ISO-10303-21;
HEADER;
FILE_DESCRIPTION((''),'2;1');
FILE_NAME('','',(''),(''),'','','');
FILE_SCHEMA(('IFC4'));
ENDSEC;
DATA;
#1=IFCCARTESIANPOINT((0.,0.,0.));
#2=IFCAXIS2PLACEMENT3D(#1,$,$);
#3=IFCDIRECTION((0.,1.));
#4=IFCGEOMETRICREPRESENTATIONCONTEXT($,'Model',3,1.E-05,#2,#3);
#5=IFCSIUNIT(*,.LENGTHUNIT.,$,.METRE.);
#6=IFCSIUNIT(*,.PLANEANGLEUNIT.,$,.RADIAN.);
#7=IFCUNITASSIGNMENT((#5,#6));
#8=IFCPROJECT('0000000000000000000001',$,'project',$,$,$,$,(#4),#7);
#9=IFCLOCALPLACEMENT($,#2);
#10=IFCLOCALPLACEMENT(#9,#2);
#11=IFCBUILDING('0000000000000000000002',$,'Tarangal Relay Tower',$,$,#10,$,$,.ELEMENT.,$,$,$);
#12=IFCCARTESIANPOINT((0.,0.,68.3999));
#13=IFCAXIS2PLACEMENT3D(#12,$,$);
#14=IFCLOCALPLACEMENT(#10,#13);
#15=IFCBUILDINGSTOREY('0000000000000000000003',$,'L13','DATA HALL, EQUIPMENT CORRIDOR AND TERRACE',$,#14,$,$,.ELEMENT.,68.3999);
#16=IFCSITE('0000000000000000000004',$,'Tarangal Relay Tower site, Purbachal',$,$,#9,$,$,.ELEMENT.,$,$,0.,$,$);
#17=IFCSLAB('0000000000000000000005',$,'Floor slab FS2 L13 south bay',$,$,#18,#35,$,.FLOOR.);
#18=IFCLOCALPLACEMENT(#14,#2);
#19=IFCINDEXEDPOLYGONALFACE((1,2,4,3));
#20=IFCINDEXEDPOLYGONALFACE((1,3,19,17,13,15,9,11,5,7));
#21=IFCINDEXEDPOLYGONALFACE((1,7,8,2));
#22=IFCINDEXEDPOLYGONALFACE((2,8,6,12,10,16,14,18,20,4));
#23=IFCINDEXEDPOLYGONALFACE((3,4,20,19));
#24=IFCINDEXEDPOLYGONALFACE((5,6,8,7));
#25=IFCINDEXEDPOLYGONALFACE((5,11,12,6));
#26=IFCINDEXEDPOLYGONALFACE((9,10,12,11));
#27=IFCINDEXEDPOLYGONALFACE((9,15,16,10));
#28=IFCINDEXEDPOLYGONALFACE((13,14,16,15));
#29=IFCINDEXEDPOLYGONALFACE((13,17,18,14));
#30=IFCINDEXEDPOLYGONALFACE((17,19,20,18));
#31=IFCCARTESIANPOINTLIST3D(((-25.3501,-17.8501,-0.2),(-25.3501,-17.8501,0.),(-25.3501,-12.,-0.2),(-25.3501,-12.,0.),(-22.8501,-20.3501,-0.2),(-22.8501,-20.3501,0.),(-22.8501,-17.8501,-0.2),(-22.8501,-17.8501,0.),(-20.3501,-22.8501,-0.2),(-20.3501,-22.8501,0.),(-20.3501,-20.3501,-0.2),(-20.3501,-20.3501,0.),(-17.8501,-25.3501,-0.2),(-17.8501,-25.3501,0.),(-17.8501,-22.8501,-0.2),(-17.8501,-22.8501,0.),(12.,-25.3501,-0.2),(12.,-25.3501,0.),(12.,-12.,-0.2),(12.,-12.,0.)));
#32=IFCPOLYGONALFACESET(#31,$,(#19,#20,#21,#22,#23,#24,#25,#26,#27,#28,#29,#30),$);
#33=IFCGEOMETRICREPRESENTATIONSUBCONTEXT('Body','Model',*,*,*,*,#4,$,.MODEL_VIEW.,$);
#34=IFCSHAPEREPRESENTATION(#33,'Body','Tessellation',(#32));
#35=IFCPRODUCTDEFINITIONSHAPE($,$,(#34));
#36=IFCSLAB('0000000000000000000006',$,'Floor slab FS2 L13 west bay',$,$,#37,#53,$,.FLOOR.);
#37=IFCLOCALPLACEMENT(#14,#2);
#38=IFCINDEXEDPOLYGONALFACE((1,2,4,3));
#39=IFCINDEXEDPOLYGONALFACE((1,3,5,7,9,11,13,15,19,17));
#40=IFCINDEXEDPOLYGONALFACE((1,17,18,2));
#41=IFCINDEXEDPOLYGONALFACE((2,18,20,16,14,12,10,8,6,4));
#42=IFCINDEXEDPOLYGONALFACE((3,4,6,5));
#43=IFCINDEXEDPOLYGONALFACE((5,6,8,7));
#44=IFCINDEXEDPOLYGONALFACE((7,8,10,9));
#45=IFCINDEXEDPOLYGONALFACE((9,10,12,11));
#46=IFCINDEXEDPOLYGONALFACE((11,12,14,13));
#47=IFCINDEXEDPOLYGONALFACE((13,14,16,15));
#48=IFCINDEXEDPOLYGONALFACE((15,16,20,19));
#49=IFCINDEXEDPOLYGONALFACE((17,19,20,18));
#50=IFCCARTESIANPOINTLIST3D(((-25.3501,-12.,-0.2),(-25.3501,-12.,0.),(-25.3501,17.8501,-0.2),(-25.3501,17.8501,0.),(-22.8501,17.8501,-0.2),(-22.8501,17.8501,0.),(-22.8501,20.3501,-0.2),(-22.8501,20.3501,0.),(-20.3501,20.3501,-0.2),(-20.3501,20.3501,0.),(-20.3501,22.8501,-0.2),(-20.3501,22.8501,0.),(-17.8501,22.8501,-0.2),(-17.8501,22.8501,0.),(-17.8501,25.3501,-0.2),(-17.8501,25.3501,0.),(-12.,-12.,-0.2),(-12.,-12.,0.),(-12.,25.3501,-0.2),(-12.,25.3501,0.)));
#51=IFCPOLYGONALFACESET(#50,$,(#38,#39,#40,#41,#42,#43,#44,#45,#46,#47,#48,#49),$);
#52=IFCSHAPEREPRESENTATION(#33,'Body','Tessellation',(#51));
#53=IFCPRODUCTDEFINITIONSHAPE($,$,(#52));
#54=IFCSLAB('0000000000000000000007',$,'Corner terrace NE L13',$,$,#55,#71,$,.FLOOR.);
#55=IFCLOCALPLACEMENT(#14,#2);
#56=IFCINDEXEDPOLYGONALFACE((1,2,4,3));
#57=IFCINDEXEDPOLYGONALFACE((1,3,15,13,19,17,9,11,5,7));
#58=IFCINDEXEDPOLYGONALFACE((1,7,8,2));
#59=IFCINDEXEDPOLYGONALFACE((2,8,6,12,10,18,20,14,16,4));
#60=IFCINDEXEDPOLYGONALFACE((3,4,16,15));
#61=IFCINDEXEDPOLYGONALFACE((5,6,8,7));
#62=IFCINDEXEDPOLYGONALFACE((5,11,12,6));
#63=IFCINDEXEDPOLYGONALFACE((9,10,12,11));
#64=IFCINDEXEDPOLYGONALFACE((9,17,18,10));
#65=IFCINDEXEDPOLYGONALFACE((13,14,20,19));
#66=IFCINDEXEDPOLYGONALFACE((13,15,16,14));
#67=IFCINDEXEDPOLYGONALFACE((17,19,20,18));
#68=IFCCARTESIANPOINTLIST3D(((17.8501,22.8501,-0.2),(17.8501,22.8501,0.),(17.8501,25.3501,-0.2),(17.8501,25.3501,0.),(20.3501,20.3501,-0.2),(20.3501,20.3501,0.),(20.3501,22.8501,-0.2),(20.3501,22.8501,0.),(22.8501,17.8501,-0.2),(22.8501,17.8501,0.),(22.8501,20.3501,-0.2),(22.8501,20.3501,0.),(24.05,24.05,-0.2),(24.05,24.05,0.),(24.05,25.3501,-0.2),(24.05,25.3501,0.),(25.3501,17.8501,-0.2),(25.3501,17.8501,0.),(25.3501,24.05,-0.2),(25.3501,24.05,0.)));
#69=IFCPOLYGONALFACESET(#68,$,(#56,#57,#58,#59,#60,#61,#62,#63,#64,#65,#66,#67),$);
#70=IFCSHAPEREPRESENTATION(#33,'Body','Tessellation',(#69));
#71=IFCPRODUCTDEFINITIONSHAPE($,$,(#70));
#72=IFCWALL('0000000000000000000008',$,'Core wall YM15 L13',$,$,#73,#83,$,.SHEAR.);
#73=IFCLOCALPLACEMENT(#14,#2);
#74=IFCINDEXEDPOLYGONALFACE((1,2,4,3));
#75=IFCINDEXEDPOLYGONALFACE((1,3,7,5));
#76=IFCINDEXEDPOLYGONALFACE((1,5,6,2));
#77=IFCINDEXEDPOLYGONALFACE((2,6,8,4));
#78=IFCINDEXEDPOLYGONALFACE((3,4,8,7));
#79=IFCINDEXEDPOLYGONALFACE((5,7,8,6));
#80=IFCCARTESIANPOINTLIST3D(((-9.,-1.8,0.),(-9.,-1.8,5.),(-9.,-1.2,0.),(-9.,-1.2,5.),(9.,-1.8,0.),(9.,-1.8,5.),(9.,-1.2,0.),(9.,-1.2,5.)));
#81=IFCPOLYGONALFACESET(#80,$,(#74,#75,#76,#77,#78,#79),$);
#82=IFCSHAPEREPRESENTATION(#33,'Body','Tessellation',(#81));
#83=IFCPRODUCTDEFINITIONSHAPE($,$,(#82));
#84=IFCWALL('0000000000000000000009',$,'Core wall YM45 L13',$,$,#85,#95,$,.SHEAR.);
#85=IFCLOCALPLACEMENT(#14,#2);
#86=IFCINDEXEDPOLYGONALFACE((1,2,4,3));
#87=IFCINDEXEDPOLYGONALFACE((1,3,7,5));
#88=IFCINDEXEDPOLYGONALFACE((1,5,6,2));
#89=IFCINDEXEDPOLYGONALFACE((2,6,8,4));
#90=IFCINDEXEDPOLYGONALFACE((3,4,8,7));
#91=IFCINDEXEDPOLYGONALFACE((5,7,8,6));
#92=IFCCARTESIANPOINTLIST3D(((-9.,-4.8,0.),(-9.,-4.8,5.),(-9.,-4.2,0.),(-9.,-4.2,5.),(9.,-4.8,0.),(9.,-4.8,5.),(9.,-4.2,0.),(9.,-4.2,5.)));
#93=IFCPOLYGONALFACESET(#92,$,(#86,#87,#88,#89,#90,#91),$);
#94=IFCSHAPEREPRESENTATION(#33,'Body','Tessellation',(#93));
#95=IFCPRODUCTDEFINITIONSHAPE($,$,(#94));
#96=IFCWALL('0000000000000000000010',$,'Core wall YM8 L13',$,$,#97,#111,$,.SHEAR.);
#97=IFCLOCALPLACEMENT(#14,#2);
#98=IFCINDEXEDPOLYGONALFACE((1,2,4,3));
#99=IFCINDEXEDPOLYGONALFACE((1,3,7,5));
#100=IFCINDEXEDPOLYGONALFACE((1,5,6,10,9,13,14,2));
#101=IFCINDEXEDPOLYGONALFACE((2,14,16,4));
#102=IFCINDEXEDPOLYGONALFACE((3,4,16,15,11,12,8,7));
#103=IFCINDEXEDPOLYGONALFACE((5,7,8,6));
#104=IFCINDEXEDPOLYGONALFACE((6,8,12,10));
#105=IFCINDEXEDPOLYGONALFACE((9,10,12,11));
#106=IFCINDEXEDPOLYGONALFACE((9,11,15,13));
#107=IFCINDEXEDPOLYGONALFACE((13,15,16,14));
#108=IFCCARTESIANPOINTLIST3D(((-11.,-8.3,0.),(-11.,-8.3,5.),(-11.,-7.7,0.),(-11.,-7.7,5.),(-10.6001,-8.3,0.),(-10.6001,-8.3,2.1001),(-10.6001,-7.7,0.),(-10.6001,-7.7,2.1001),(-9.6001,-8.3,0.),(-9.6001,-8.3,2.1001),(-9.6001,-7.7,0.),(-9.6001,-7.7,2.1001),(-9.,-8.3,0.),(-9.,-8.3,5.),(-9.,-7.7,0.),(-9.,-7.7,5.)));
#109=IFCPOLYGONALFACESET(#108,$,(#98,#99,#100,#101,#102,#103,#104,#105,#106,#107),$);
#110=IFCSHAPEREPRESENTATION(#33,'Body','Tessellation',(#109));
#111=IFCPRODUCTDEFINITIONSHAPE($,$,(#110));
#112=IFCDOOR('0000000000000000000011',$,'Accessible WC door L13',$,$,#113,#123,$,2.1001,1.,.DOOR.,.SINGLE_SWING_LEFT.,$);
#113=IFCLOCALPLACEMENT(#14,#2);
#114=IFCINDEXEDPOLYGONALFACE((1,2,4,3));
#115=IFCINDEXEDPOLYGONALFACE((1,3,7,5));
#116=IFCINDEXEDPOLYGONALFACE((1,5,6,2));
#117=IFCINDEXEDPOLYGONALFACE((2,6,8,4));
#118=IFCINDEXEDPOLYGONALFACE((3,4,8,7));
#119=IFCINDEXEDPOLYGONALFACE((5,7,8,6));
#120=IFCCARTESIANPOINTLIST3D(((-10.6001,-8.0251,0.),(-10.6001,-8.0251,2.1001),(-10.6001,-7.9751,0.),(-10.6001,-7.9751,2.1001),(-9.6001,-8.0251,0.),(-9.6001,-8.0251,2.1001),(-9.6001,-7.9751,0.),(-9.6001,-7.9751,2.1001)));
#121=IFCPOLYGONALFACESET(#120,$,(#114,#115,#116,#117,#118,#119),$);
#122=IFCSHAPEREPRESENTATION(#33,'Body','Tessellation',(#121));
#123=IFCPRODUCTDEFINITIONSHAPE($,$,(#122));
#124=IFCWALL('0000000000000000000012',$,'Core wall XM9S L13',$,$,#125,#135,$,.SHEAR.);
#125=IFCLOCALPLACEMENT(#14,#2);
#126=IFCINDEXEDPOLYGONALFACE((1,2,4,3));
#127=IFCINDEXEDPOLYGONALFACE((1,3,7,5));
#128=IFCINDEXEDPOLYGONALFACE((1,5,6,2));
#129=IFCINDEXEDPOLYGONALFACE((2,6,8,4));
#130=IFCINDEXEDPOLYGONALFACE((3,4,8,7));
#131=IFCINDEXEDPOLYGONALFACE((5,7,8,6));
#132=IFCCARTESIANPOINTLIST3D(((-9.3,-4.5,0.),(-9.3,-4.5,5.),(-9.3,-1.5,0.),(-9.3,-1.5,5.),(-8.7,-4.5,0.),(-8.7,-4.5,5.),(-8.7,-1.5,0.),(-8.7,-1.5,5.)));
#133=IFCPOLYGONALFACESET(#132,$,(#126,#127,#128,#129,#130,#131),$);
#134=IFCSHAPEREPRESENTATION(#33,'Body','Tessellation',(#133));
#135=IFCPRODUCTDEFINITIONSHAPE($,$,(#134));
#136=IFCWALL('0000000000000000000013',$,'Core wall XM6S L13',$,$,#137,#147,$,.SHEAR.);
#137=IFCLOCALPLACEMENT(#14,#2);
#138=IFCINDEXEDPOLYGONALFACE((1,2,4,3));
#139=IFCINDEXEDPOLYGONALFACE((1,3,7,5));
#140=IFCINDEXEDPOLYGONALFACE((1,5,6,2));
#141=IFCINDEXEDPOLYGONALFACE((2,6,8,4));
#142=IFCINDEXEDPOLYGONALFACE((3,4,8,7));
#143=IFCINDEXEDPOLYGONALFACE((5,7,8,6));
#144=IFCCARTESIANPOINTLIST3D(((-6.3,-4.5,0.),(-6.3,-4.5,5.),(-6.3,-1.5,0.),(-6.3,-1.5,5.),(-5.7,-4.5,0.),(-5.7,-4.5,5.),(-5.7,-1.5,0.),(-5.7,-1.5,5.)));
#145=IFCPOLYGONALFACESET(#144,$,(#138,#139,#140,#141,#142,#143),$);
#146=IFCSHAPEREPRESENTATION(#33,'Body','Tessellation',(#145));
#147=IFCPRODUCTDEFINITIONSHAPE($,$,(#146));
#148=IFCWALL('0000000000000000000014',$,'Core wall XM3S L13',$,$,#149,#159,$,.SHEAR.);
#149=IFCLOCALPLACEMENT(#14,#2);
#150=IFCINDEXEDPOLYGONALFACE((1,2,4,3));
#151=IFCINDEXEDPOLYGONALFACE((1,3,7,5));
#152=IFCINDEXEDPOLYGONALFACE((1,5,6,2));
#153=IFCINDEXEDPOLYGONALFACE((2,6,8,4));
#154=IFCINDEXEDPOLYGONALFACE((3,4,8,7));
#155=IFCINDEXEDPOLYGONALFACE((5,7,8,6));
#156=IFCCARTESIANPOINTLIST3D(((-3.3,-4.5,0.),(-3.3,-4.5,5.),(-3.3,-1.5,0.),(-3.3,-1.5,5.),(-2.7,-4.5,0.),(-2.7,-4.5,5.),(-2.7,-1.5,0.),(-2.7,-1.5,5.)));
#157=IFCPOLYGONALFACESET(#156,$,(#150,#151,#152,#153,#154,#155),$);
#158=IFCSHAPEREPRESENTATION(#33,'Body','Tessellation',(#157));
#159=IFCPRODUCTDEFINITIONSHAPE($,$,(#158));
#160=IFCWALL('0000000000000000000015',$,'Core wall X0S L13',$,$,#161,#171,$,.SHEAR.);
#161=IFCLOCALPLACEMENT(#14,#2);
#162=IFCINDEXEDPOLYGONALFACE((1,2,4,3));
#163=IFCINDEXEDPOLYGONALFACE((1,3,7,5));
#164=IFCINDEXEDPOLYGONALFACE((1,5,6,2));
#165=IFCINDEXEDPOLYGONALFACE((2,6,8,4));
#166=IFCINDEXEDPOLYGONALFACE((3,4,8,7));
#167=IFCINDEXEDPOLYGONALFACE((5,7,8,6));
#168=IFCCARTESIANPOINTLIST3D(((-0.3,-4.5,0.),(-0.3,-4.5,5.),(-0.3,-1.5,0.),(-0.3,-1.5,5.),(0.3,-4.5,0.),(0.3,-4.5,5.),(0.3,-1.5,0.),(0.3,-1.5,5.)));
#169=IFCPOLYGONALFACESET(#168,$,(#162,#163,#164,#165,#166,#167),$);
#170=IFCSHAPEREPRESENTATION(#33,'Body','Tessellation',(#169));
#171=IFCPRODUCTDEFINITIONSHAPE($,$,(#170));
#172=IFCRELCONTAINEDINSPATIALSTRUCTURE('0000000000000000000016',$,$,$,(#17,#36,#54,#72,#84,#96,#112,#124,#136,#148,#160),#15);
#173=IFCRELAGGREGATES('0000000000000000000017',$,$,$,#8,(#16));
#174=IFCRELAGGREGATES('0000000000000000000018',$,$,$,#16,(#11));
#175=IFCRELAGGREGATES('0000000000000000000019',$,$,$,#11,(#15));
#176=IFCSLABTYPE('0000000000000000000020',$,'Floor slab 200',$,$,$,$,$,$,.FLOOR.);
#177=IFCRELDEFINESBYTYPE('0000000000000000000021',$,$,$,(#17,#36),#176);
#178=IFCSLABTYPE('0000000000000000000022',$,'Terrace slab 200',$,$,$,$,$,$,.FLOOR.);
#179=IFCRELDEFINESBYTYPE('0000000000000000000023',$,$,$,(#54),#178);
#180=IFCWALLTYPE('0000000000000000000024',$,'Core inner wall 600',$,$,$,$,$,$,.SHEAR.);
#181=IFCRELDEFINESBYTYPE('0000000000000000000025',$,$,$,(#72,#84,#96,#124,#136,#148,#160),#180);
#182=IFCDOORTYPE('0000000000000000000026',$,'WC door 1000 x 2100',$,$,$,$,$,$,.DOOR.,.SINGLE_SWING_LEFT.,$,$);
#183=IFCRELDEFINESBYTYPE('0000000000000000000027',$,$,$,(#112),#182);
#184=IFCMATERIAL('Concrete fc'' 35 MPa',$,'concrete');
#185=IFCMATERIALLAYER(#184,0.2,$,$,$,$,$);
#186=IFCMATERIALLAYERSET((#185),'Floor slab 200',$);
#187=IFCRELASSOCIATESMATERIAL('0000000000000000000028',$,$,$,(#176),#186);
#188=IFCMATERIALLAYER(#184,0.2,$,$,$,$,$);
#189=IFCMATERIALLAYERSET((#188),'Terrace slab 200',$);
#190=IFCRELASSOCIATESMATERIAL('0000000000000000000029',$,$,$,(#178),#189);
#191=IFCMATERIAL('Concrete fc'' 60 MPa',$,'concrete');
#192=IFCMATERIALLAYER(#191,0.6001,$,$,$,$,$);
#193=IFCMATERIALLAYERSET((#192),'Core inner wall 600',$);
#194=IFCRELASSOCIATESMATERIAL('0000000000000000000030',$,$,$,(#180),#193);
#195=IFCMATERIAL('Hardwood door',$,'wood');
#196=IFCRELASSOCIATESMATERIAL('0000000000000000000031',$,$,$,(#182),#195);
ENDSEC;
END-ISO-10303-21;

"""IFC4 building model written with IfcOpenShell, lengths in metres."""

from ifc_helpers import new_model, si_unit, direction, frame, frame_2d, origin, place, context, subcontext, project, spatial, polyline, rectangle, outline, extrude, material, layer, layer_set, type_object, element, fill, save


model = new_model("IFC4")

# Units and contexts
model_context = context("Model", 3, precision=1e-05, world=origin(), true_north=direction((0.0, 1.0)))
body_context = subcontext(model_context, "Body", "Model", "MODEL_VIEW")
ifc_project = project(units=[si_unit("LENGTHUNIT", "METRE"), si_unit("PLANEANGLEUNIT", "RADIAN")], contexts=[model_context])

# Site, building, storey
site_placement = place(None, origin())
site = spatial("IfcSite", under=ifc_project, at=site_placement, Name="Tarangal Relay Tower site, Purbachal", CompositionType="ELEMENT", RefElevation=0.0)
building_placement = place(site_placement, origin())
building = spatial("IfcBuilding", under=site, at=building_placement, Name="Tarangal Relay Tower", CompositionType="ELEMENT")
storey_placement = place(building_placement, frame((0.0, 0.0, 68.3999)))
storey = spatial("IfcBuildingStorey", under=building, at=storey_placement, Name="L13", Description="DATA HALL, EQUIPMENT CORRIDOR AND TERRACE", CompositionType="ELEMENT", Elevation=68.3999)

# Slabs
ifc_material_1 = material(Name="Concrete fc' 35 MPa", Category="concrete")
ifc_layer_1 = layer(ifc_material_1, 0.2)
ifc_layer_set_1 = layer_set([ifc_layer_1], Name="Floor slab 200")
slab_type_1 = type_object("IfcSlabType", Name="Floor slab 200", PredefinedType="FLOOR", material=ifc_layer_set_1)
slab_1_placement = place(storey_placement, frame((0.0, 0.0, -0.2)))
element("IfcSlab", 1, at=slab_1_placement, inside=storey, type_object=slab_type_1, Name="Floor slab FS2 L13 south bay", PredefinedType="FLOOR", context=body_context, shape_type="SweptSolid", body=[
    extrude(outline(polyline([(-17.8501, -25.3501), (-17.8501, -22.8501), (-20.3501, -22.8501), (-20.3501, -20.3501), (-22.8501, -20.3501), (-22.8501, -17.8501), (-25.3501, -17.8501), (-25.3501, -12.0), (12.0, -12.0), (12.0, -25.3501), (-17.8501, -25.3501)])), origin(), (0.0, 0.0, 1.0), 0.2),
])
slab_2_placement = place(storey_placement, frame((0.0, 0.0, -0.2)))
element("IfcSlab", 2, at=slab_2_placement, inside=storey, type_object=slab_type_1, Name="Floor slab FS2 L13 west bay", PredefinedType="FLOOR", context=body_context, shape_type="SweptSolid", body=[
    extrude(outline(polyline([(-12.0, 25.3501), (-12.0, -12.0), (-25.3501, -12.0), (-25.3501, 17.8501), (-22.8501, 17.8501), (-22.8501, 20.3501), (-20.3501, 20.3501), (-20.3501, 22.8501), (-17.8501, 22.8501), (-17.8501, 25.3501), (-12.0, 25.3501)])), origin(), (0.0, 0.0, 1.0), 0.2),
])
ifc_layer_2 = layer(ifc_material_1, 0.2)
ifc_layer_set_2 = layer_set([ifc_layer_2], Name="Terrace slab 200")
slab_type_2 = type_object("IfcSlabType", Name="Terrace slab 200", PredefinedType="FLOOR", material=ifc_layer_set_2)
slab_3_placement = place(storey_placement, frame((0.0, 0.0, -0.2)))
element("IfcSlab", 3, at=slab_3_placement, inside=storey, type_object=slab_type_2, Name="Corner terrace NE L13", PredefinedType="FLOOR", context=body_context, shape_type="SweptSolid", body=[
    extrude(outline(polyline([(17.8501, 25.3501), (17.8501, 22.8501), (20.3501, 22.8501), (20.3501, 20.3501), (22.8501, 20.3501), (22.8501, 17.8501), (25.3501, 17.8501), (25.3501, 24.05), (24.05, 24.05), (24.05, 25.3501), (17.8501, 25.3501)])), origin(), (0.0, 0.0, 1.0), 0.2),
])

# Walls
ifc_material_2 = material(Name="Concrete fc' 60 MPa", Category="concrete")
ifc_layer_3 = layer(ifc_material_2, 0.6001)
ifc_layer_set_3 = layer_set([ifc_layer_3], Name="Core inner wall 600")
wall_type_1 = type_object("IfcWallType", Name="Core inner wall 600", PredefinedType="SHEAR", material=ifc_layer_set_3)
for number, where, z_axis, x_axis, name in (
    (4, (-9.0, -1.5, 0.0), (0.0, 0.0, 1.0), (1.0, 0.0, 0.0), "Core wall YM15 L13"),
    (5, (-9.0, -4.5, 0.0), (0.0, 0.0, 1.0), (1.0, 0.0, 0.0), "Core wall YM45 L13"),
):
    element("IfcWall", number, at=place(storey_placement, frame(where, z_axis=z_axis, x_axis=x_axis)), inside=storey, type_object=wall_type_1, Name=name, PredefinedType="SHEAR", context=body_context, shape_type="SweptSolid", body=[
        extrude(rectangle(XDim=18.0, YDim=0.6001, at=frame_2d((9.0, 0.0))), origin(), (0.0, 0.0, 1.0), 5.0),
    ])

# Wall, opening, door
wall_1_placement = place(storey_placement, frame((-11.0, -8.0, 0.0), z_axis=(0.0, 0.0, 1.0), x_axis=(1.0, 0.0, 0.0)))
wall_1 = element("IfcWall", 6, at=wall_1_placement, inside=storey, type_object=wall_type_1, Name="Core wall YM8 L13", PredefinedType="SHEAR", context=body_context, shape_type="SweptSolid", body=[
    extrude(rectangle(XDim=2.0, YDim=0.6001, at=frame_2d((1.0, 0.0))), origin(), (0.0, 0.0, 1.0), 5.0),
])
opening_1_placement = place(wall_1_placement, frame((0.3999, 0.0, 0.0)))
opening_1 = element("IfcOpeningElement", 7, at=opening_1_placement, cuts=wall_1, PredefinedType="OPENING", context=body_context, shape_type="SweptSolid", body=[
    extrude(rectangle(XDim=1.0, YDim=2.1001, at=frame_2d((0.5, 1.05))), frame((0.0, 0.3101, 0.0), z_axis=(0.0, -1.0, 0.0), x_axis=(1.0, 0.0, 0.0)), (0.0, 0.0, 1.0), 0.6201),
])
ifc_material_3 = material(Name="Hardwood door", Category="wood")
door_type = type_object("IfcDoorType", Name="WC door 1000 x 2100", OperationType="SINGLE_SWING_LEFT", PredefinedType="DOOR", material=ifc_material_3)
door_1_placement = place(opening_1_placement, origin())
door_1 = element("IfcDoor", 8, at=door_1_placement, inside=storey, type_object=door_type, Name="Accessible WC door L13", OperationType="SINGLE_SWING_LEFT", OverallHeight=2.1001, OverallWidth=1.0, PredefinedType="DOOR", context=body_context, shape_type="SweptSolid", body=[
    extrude(rectangle(XDim=1.0, YDim=2.1001, at=frame_2d((0.5, 1.05))), frame((0.0, 0.0249, 0.0), z_axis=(0.0, -1.0, 0.0), x_axis=(1.0, 0.0, 0.0)), (0.0, 0.0, 1.0), 0.05),
])
fill(opening_1, door_1)

# Walls
for number, where, z_axis, x_axis, name in (
    (9, (-9.0, -4.5, 0.0), (0.0, 0.0, 1.0), (0.0, 1.0, 0.0), "Core wall XM9S L13"),
    (10, (-6.0, -4.5, 0.0), (0.0, 0.0, 1.0), (0.0, 1.0, 0.0), "Core wall XM6S L13"),
    (11, (-3.0, -4.5, 0.0), (0.0, 0.0, 1.0), (0.0, 1.0, 0.0), "Core wall XM3S L13"),
    (12, (0.0, -4.5, 0.0), (0.0, 0.0, 1.0), (0.0, 1.0, 0.0), "Core wall X0S L13"),
):
    element("IfcWall", number, at=place(storey_placement, frame(where, z_axis=z_axis, x_axis=x_axis)), inside=storey, type_object=wall_type_1, Name=name, PredefinedType="SHEAR", context=body_context, shape_type="SweptSolid", body=[
        extrude(rectangle(XDim=3.0, YDim=0.6001, at=frame_2d((1.5, 0.0))), origin(), (0.0, 0.0, 1.0), 5.0),
    ])

save(model, "model.ifc")
